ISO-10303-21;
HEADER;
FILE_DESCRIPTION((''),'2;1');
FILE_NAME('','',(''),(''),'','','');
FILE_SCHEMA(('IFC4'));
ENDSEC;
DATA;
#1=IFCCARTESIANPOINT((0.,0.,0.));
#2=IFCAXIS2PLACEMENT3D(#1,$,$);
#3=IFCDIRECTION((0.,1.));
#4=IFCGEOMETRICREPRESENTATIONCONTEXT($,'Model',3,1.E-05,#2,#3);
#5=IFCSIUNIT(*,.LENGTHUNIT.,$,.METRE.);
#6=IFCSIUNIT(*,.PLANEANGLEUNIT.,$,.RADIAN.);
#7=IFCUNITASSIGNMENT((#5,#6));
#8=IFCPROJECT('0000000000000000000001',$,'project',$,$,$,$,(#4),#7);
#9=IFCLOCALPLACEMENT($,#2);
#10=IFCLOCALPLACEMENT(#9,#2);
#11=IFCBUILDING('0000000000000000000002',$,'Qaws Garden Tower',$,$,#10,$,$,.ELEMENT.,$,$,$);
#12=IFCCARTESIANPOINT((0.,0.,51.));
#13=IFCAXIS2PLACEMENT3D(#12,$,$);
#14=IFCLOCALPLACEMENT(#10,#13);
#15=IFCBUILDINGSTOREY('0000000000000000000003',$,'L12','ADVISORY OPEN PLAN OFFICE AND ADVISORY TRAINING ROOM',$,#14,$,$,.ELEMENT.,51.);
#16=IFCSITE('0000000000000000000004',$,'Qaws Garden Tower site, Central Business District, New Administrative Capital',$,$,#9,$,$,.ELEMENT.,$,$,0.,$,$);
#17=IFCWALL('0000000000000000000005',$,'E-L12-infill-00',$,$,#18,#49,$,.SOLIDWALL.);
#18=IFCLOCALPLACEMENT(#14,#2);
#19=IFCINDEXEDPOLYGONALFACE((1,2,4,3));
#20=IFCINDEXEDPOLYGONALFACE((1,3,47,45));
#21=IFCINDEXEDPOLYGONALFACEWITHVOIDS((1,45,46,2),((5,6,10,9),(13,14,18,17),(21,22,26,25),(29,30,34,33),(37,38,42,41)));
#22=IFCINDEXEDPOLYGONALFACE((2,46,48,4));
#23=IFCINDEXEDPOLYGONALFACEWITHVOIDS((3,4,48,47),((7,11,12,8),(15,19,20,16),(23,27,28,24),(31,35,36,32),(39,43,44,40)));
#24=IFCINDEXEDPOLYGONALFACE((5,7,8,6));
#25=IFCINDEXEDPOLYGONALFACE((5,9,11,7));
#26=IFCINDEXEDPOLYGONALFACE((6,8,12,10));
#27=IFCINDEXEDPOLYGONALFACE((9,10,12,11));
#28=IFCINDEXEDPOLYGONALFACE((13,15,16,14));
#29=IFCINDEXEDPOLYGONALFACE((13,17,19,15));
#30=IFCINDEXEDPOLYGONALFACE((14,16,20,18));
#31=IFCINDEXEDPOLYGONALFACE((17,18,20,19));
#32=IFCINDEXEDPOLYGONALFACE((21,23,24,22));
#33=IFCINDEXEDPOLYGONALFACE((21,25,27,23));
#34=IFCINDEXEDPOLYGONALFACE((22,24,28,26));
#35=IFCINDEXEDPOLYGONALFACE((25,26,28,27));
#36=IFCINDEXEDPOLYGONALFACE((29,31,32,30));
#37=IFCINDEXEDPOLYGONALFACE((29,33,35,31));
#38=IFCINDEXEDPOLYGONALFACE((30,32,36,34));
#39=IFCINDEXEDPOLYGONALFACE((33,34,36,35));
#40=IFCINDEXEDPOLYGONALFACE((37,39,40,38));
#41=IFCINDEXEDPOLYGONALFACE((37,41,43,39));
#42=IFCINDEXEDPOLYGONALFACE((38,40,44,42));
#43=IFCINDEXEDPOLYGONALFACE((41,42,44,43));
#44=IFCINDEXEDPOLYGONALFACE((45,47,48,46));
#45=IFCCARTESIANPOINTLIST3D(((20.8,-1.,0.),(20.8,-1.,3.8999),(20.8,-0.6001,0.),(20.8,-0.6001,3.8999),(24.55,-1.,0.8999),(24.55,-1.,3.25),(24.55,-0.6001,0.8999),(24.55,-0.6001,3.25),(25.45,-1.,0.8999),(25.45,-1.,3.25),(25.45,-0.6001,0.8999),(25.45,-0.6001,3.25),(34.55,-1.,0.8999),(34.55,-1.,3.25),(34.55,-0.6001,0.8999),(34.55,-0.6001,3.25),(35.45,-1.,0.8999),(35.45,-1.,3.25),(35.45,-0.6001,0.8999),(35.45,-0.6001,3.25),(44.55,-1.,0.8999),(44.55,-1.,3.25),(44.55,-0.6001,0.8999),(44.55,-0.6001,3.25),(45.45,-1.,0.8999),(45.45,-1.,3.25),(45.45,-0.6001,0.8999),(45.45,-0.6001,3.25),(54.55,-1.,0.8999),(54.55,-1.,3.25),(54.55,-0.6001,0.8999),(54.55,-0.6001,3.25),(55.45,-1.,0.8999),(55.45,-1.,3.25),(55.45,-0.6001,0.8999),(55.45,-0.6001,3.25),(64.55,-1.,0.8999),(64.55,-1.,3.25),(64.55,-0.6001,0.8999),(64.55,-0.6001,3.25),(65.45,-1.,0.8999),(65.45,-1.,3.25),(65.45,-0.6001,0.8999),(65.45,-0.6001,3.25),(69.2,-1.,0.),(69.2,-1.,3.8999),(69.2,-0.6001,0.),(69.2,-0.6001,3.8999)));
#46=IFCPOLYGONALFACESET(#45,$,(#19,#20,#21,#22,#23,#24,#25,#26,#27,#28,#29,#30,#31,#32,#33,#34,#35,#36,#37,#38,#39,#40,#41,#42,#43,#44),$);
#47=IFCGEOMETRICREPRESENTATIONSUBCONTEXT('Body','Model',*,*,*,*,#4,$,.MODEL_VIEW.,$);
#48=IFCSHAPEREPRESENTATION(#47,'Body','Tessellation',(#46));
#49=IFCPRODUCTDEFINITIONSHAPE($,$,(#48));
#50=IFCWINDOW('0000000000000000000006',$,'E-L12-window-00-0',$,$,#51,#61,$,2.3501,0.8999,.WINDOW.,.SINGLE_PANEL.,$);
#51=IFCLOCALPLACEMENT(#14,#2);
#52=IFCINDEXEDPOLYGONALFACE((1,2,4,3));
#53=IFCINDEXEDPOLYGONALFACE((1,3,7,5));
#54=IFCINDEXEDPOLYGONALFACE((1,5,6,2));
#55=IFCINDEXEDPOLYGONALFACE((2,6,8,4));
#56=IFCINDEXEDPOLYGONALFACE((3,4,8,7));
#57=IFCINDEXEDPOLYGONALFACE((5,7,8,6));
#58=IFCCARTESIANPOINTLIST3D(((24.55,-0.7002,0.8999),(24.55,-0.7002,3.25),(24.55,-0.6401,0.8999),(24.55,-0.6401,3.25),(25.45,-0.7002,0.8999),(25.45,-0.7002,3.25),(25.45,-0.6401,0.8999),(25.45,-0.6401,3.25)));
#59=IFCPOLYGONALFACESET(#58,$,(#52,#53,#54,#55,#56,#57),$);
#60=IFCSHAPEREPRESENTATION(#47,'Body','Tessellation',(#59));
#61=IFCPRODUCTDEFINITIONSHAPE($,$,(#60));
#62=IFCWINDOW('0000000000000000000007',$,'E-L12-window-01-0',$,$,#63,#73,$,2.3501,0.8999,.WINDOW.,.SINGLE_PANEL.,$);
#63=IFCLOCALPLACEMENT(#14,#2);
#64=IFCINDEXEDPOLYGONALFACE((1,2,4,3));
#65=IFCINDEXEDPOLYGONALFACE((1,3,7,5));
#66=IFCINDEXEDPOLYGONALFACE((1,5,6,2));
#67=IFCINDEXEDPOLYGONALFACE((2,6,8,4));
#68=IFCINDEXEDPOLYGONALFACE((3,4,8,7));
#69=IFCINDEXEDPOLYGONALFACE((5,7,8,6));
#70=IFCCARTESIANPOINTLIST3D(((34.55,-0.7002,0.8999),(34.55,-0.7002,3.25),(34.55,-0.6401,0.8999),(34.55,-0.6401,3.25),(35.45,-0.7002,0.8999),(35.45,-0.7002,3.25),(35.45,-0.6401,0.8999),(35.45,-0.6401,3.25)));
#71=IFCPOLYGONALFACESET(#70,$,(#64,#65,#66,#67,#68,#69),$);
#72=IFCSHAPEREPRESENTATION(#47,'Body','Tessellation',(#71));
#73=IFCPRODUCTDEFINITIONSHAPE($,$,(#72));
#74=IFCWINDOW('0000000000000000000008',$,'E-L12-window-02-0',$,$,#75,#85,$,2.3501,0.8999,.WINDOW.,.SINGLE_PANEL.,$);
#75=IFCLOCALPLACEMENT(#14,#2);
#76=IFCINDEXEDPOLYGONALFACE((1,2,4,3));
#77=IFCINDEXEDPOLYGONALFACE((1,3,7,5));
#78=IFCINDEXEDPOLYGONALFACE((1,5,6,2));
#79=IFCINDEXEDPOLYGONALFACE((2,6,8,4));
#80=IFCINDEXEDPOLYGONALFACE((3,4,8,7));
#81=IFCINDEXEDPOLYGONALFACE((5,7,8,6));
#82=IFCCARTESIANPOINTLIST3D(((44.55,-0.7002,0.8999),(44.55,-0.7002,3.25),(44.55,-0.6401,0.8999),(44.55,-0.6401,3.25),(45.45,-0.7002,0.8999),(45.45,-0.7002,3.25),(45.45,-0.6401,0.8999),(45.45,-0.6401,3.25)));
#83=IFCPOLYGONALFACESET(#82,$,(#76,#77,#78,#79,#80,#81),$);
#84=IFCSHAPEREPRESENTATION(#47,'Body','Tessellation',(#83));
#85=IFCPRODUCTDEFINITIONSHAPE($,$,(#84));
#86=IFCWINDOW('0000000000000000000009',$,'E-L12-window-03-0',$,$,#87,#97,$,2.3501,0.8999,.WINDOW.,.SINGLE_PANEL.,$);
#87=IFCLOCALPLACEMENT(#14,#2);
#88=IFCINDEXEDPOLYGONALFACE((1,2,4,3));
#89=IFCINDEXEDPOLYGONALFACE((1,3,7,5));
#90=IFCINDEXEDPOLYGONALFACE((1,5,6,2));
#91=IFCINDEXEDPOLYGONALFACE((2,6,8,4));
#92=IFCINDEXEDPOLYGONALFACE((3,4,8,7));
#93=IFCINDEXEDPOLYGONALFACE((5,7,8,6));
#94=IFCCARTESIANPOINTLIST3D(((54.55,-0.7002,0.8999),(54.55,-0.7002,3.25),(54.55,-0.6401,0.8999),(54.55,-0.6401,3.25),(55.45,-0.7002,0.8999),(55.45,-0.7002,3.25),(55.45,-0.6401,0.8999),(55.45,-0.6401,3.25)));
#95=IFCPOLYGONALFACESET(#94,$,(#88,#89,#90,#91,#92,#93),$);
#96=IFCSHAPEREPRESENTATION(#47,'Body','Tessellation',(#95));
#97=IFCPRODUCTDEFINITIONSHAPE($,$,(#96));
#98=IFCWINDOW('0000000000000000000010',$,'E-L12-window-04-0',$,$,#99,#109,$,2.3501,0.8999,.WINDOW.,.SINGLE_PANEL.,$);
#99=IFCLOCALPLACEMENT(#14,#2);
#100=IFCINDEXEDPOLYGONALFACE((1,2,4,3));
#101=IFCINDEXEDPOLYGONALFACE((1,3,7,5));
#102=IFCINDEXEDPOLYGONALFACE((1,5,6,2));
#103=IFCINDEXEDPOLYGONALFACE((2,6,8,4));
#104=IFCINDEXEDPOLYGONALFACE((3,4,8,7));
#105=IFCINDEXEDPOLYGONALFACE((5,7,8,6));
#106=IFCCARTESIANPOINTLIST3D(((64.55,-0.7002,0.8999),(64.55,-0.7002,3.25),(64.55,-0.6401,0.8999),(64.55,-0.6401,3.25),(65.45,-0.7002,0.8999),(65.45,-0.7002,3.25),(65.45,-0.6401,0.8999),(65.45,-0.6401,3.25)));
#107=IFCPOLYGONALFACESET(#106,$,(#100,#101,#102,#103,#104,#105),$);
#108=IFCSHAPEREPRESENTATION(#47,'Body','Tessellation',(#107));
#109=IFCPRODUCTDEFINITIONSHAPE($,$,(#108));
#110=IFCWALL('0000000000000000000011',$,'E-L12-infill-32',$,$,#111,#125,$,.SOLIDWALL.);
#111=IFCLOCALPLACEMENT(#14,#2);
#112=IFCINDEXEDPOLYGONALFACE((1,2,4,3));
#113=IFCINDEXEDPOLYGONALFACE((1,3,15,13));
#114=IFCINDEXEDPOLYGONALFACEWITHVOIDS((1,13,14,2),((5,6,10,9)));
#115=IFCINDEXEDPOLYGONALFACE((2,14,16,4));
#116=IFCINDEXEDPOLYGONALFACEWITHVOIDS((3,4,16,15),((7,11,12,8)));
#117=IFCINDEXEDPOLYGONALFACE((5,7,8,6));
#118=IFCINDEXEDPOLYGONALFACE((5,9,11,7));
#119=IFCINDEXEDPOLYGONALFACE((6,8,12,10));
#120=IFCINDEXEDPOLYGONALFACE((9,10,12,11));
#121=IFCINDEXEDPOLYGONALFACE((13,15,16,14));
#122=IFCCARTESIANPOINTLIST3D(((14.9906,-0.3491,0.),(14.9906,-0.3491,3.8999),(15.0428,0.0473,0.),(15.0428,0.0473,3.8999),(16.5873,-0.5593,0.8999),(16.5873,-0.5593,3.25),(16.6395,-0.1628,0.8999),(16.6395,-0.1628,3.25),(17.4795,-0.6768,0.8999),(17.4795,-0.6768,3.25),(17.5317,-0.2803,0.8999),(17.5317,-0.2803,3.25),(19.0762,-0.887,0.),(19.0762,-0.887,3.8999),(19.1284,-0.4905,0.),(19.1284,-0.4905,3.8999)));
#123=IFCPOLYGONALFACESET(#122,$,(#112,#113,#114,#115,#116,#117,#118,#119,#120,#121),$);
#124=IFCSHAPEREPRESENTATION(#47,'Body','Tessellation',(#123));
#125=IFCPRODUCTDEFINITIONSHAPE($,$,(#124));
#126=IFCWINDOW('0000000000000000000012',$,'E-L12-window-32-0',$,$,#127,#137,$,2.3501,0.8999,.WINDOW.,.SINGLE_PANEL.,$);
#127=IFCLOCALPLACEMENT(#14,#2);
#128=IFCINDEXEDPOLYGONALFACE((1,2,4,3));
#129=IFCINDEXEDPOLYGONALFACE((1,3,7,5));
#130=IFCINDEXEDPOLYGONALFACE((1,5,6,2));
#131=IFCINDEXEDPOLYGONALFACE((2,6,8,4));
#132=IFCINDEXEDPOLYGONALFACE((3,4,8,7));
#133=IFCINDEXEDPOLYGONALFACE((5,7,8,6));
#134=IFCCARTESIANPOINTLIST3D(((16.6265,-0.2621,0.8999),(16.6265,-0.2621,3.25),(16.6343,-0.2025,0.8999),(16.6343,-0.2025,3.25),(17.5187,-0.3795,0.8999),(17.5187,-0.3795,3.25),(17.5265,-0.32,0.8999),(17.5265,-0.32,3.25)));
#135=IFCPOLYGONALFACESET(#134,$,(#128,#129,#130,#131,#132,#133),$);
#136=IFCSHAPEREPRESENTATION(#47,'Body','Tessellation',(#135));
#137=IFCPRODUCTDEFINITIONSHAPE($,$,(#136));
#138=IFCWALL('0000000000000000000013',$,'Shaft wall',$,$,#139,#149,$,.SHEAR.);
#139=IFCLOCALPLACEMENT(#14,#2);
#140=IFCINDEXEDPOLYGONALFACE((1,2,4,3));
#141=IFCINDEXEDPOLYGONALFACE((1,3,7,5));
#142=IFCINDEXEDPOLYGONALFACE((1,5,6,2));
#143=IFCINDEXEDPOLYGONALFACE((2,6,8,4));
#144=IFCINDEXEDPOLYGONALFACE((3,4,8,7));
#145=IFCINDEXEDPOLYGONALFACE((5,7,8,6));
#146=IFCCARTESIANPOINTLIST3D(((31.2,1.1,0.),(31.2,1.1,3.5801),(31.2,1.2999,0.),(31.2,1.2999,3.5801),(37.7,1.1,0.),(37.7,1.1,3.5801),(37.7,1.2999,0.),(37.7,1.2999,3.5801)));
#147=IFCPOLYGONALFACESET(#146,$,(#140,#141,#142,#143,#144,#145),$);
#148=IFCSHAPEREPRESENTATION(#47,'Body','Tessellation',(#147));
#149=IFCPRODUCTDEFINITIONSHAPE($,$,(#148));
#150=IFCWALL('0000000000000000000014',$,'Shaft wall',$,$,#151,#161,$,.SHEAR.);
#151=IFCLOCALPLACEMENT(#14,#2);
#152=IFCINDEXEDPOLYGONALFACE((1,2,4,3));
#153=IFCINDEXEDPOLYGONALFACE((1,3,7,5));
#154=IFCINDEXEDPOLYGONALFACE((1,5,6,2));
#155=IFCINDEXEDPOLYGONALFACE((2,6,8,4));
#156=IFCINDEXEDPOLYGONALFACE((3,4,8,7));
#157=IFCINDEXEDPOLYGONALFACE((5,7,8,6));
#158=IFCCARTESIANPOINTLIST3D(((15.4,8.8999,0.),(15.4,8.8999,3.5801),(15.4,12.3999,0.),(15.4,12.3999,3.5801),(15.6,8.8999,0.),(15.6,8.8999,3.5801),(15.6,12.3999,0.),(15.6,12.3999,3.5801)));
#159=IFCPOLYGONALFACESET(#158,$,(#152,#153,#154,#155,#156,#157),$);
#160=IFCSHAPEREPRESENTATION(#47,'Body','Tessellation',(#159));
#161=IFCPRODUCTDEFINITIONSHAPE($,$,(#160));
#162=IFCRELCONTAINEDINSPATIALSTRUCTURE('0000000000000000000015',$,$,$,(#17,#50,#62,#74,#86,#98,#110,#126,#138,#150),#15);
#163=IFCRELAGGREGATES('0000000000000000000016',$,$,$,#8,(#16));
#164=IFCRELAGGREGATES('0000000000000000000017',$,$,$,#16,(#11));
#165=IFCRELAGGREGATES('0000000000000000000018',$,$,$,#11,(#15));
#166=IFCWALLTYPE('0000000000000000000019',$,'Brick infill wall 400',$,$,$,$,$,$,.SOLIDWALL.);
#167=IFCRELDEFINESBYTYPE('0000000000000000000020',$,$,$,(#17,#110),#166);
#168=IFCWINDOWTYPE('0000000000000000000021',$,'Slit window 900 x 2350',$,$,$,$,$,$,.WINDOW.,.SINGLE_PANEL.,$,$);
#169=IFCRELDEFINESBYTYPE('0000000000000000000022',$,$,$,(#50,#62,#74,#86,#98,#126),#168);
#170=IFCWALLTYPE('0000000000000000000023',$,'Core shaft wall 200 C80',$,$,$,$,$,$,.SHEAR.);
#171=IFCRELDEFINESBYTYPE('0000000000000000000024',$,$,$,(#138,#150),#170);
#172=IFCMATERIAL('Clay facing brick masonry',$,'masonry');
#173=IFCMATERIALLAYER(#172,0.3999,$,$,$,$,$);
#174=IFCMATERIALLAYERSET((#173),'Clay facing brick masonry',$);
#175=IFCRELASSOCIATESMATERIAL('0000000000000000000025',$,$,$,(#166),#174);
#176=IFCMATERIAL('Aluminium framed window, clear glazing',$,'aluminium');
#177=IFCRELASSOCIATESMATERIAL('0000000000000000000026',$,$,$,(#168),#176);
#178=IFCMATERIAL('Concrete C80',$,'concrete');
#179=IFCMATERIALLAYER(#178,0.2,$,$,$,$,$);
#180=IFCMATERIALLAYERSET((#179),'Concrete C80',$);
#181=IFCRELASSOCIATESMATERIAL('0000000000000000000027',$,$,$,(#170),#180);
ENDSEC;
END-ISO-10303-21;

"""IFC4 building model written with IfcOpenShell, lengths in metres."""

from ifc_helpers import new_model, si_unit, direction, frame, frame_2d, origin, place, context, subcontext, project, spatial, rectangle, extrude, material, layer, layer_set, type_object, element, fill, save


model = new_model("IFC4")

# Units and contexts
model_context = context("Model", 3, precision=1e-05, world=origin(), true_north=direction((0.0, 1.0)))
body_context = subcontext(model_context, "Body", "Model", "MODEL_VIEW")
ifc_project = project(units=[si_unit("LENGTHUNIT", "METRE"), si_unit("PLANEANGLEUNIT", "RADIAN")], contexts=[model_context])

# Site, building, storey
site_placement = place(None, origin())
site = spatial("IfcSite", under=ifc_project, at=site_placement, Name="Qaws Garden Tower site, Central Business District, New Administrative Capital", CompositionType="ELEMENT", RefElevation=0.0)
building_placement = place(site_placement, origin())
building = spatial("IfcBuilding", under=site, at=building_placement, Name="Qaws Garden Tower", CompositionType="ELEMENT")
storey_placement = place(building_placement, frame((0.0, 0.0, 51.0)))
storey = spatial("IfcBuildingStorey", under=building, at=storey_placement, Name="L12", Description="ADVISORY OPEN PLAN OFFICE AND ADVISORY TRAINING ROOM", CompositionType="ELEMENT", Elevation=51.0)

# Wall, openings, windows
ifc_material_1 = material(Name="Clay facing brick masonry", Category="masonry")
ifc_layer_1 = layer(ifc_material_1, 0.3999)
ifc_layer_set_1 = layer_set([ifc_layer_1], Name="Clay facing brick masonry")
wall_type_1 = type_object("IfcWallType", Name="Brick infill wall 400", PredefinedType="SOLIDWALL", material=ifc_layer_set_1)
wall_1_placement = place(storey_placement, frame((20.8, -0.8, 0.0), z_axis=(0.0, 0.0, 1.0), x_axis=(1.0, 0.0, 0.0)))
wall_1 = element("IfcWall", 1, at=wall_1_placement, inside=storey, type_object=wall_type_1, Name="E-L12-infill-00", PredefinedType="SOLIDWALL", context=body_context, shape_type="SweptSolid", body=[
    extrude(rectangle(XDim=48.3999, YDim=0.3999, at=frame_2d((24.2, 0.0))), origin(), (0.0, 0.0, 1.0), 3.8999),
])
opening_1_placement = place(wall_1_placement, frame((3.75, 0.0, 0.8999)))
opening_1 = element("IfcOpeningElement", 2, at=opening_1_placement, cuts=wall_1, PredefinedType="OPENING", context=body_context, shape_type="SweptSolid", body=[
    extrude(rectangle(XDim=0.8999, YDim=2.3501, at=frame_2d((0.45, 1.175))), frame((0.0, 0.21, 0.0), z_axis=(0.0, -1.0, 0.0), x_axis=(1.0, 0.0, 0.0)), (0.0, 0.0, 1.0), 0.4199),
])
opening_2_placement = place(wall_1_placement, frame((13.75, 0.0, 0.8999)))
opening_2 = element("IfcOpeningElement", 3, at=opening_2_placement, cuts=wall_1, PredefinedType="OPENING", context=body_context, shape_type="SweptSolid", body=[
    extrude(rectangle(XDim=0.8999, YDim=2.3501, at=frame_2d((0.45, 1.175))), frame((0.0, 0.21, 0.0), z_axis=(0.0, -1.0, 0.0), x_axis=(1.0, 0.0, 0.0)), (0.0, 0.0, 1.0), 0.4199),
])
opening_3_placement = place(wall_1_placement, frame((23.75, 0.0, 0.8999)))
opening_3 = element("IfcOpeningElement", 4, at=opening_3_placement, cuts=wall_1, PredefinedType="OPENING", context=body_context, shape_type="SweptSolid", body=[
    extrude(rectangle(XDim=0.8999, YDim=2.3501, at=frame_2d((0.45, 1.175))), frame((0.0, 0.21, 0.0), z_axis=(0.0, -1.0, 0.0), x_axis=(1.0, 0.0, 0.0)), (0.0, 0.0, 1.0), 0.4199),
])
opening_4_placement = place(wall_1_placement, frame((33.75, 0.0, 0.8999)))
opening_4 = element("IfcOpeningElement", 5, at=opening_4_placement, cuts=wall_1, PredefinedType="OPENING", context=body_context, shape_type="SweptSolid", body=[
    extrude(rectangle(XDim=0.8999, YDim=2.3501, at=frame_2d((0.45, 1.175))), frame((0.0, 0.21, 0.0), z_axis=(0.0, -1.0, 0.0), x_axis=(1.0, 0.0, 0.0)), (0.0, 0.0, 1.0), 0.4199),
])
opening_5_placement = place(wall_1_placement, frame((43.75, 0.0, 0.8999)))
opening_5 = element("IfcOpeningElement", 6, at=opening_5_placement, cuts=wall_1, PredefinedType="OPENING", context=body_context, shape_type="SweptSolid", body=[
    extrude(rectangle(XDim=0.8999, YDim=2.3501, at=frame_2d((0.45, 1.175))), frame((0.0, 0.21, 0.0), z_axis=(0.0, -1.0, 0.0), x_axis=(1.0, 0.0, 0.0)), (0.0, 0.0, 1.0), 0.4199),
])
ifc_material_2 = material(Name="Aluminium framed window, clear glazing", Category="aluminium")
window_type = type_object("IfcWindowType", Name="Slit window 900 x 2350", PartitioningType="SINGLE_PANEL", PredefinedType="WINDOW", material=ifc_material_2)
window_1_placement = place(opening_1_placement, origin())
window_1 = element("IfcWindow", 7, at=window_1_placement, inside=storey, type_object=window_type, Name="E-L12-window-00-0", OverallHeight=2.3501, OverallWidth=0.8999, PartitioningType="SINGLE_PANEL", PredefinedType="WINDOW", context=body_context, shape_type="SweptSolid", body=[
    extrude(rectangle(XDim=0.8999, YDim=2.3501, at=frame_2d((0.45, 1.175))), frame((0.0, 0.1599, 0.0), z_axis=(0.0, -1.0, 0.0), x_axis=(1.0, 0.0, 0.0)), (0.0, 0.0, 1.0), 0.0601),
])
fill(opening_1, window_1)
window_2_placement = place(opening_2_placement, origin())
window_2 = element("IfcWindow", 8, at=window_2_placement, inside=storey, type_object=window_type, Name="E-L12-window-01-0", OverallHeight=2.3501, OverallWidth=0.8999, PartitioningType="SINGLE_PANEL", PredefinedType="WINDOW", context=body_context, shape_type="SweptSolid", body=[
    extrude(rectangle(XDim=0.8999, YDim=2.3501, at=frame_2d((0.45, 1.175))), frame((0.0, 0.1599, 0.0), z_axis=(0.0, -1.0, 0.0), x_axis=(1.0, 0.0, 0.0)), (0.0, 0.0, 1.0), 0.0601),
])
fill(opening_2, window_2)
window_3_placement = place(opening_3_placement, origin())
window_3 = element("IfcWindow", 9, at=window_3_placement, inside=storey, type_object=window_type, Name="E-L12-window-02-0", OverallHeight=2.3501, OverallWidth=0.8999, PartitioningType="SINGLE_PANEL", PredefinedType="WINDOW", context=body_context, shape_type="SweptSolid", body=[
    extrude(rectangle(XDim=0.8999, YDim=2.3501, at=frame_2d((0.45, 1.175))), frame((0.0, 0.1599, 0.0), z_axis=(0.0, -1.0, 0.0), x_axis=(1.0, 0.0, 0.0)), (0.0, 0.0, 1.0), 0.0601),
])
fill(opening_3, window_3)
window_4_placement = place(opening_4_placement, origin())
window_4 = element("IfcWindow", 10, at=window_4_placement, inside=storey, type_object=window_type, Name="E-L12-window-03-0", OverallHeight=2.3501, OverallWidth=0.8999, PartitioningType="SINGLE_PANEL", PredefinedType="WINDOW", context=body_context, shape_type="SweptSolid", body=[
    extrude(rectangle(XDim=0.8999, YDim=2.3501, at=frame_2d((0.45, 1.175))), frame((0.0, 0.1599, 0.0), z_axis=(0.0, -1.0, 0.0), x_axis=(1.0, 0.0, 0.0)), (0.0, 0.0, 1.0), 0.0601),
])
fill(opening_4, window_4)
window_5_placement = place(opening_5_placement, origin())
window_5 = element("IfcWindow", 11, at=window_5_placement, inside=storey, type_object=window_type, Name="E-L12-window-04-0", OverallHeight=2.3501, OverallWidth=0.8999, PartitioningType="SINGLE_PANEL", PredefinedType="WINDOW", context=body_context, shape_type="SweptSolid", body=[
    extrude(rectangle(XDim=0.8999, YDim=2.3501, at=frame_2d((0.45, 1.175))), frame((0.0, 0.1599, 0.0), z_axis=(0.0, -1.0, 0.0), x_axis=(1.0, 0.0, 0.0)), (0.0, 0.0, 1.0), 0.0601),
])
fill(opening_5, window_5)

# Wall, opening, window
wall_2_placement = place(storey_placement, frame((15.0166, -0.1509, 0.0), z_axis=(0.0, 0.0, 1.0), x_axis=(0.991446, -0.130514, 0.0)))
wall_2 = element("IfcWall", 12, at=wall_2_placement, inside=storey, type_object=wall_type_1, Name="E-L12-infill-32", PredefinedType="SOLIDWALL", context=body_context, shape_type="SweptSolid", body=[
    extrude(rectangle(XDim=4.1208, YDim=0.3999, at=frame_2d((2.0605, 0.0))), origin(), (0.0, 0.0, 1.0), 3.8999),
])
opening_6_placement = place(wall_2_placement, frame((1.6106, 0.0, 0.8999)))
opening_6 = element("IfcOpeningElement", 13, at=opening_6_placement, cuts=wall_2, PredefinedType="OPENING", context=body_context, shape_type="SweptSolid", body=[
    extrude(rectangle(XDim=0.8999, YDim=2.3501, at=frame_2d((0.45, 1.175))), frame((0.0, 0.21, 0.0), z_axis=(0.0, -1.0, 0.0), x_axis=(1.0, 0.0, 0.0)), (0.0, 0.0, 1.0), 0.4199),
])
window_6_placement = place(opening_6_placement, origin())
window_6 = element("IfcWindow", 14, at=window_6_placement, inside=storey, type_object=window_type, Name="E-L12-window-32-0", OverallHeight=2.3501, OverallWidth=0.8999, PartitioningType="SINGLE_PANEL", PredefinedType="WINDOW", context=body_context, shape_type="SweptSolid", body=[
    extrude(rectangle(XDim=0.8999, YDim=2.3501, at=frame_2d((0.45, 1.175))), frame((0.0, 0.1599, 0.0), z_axis=(0.0, -1.0, 0.0), x_axis=(1.0, 0.0, 0.0)), (0.0, 0.0, 1.0), 0.0601),
])
fill(opening_6, window_6)

# Walls
ifc_material_3 = material(Name="Concrete C80", Category="concrete")
ifc_layer_2 = layer(ifc_material_3, 0.2)
ifc_layer_set_2 = layer_set([ifc_layer_2], Name="Concrete C80")
wall_type_2 = type_object("IfcWallType", Name="Core shaft wall 200 C80", PredefinedType="SHEAR", material=ifc_layer_set_2)
wall_3_placement = place(storey_placement, frame((31.2, 1.2, 0.0), z_axis=(0.0, 0.0, 1.0), x_axis=(1.0, 0.0, 0.0)))
element("IfcWall", 15, at=wall_3_placement, inside=storey, type_object=wall_type_2, Name="Shaft wall", PredefinedType="SHEAR", context=body_context, shape_type="SweptSolid", body=[
    extrude(rectangle(XDim=6.5, YDim=0.2, at=frame_2d((3.25, 0.0))), origin(), (0.0, 0.0, 1.0), 3.5801),
])
for number, where, z_axis, x_axis, name in (
    (16, (15.5, 8.8999, 0.0), (0.0, 0.0, 1.0), (0.0, 1.0, 0.0), "Shaft wall"),
):
    element("IfcWall", number, at=place(storey_placement, frame(where, z_axis=z_axis, x_axis=x_axis)), inside=storey, type_object=wall_type_2, Name=name, PredefinedType="SHEAR", context=body_context, shape_type="SweptSolid", body=[
        extrude(rectangle(XDim=3.5, YDim=0.2, at=frame_2d((1.75, 0.0))), origin(), (0.0, 0.0, 1.0), 3.5801),
    ])

save(model, "model.ifc")
